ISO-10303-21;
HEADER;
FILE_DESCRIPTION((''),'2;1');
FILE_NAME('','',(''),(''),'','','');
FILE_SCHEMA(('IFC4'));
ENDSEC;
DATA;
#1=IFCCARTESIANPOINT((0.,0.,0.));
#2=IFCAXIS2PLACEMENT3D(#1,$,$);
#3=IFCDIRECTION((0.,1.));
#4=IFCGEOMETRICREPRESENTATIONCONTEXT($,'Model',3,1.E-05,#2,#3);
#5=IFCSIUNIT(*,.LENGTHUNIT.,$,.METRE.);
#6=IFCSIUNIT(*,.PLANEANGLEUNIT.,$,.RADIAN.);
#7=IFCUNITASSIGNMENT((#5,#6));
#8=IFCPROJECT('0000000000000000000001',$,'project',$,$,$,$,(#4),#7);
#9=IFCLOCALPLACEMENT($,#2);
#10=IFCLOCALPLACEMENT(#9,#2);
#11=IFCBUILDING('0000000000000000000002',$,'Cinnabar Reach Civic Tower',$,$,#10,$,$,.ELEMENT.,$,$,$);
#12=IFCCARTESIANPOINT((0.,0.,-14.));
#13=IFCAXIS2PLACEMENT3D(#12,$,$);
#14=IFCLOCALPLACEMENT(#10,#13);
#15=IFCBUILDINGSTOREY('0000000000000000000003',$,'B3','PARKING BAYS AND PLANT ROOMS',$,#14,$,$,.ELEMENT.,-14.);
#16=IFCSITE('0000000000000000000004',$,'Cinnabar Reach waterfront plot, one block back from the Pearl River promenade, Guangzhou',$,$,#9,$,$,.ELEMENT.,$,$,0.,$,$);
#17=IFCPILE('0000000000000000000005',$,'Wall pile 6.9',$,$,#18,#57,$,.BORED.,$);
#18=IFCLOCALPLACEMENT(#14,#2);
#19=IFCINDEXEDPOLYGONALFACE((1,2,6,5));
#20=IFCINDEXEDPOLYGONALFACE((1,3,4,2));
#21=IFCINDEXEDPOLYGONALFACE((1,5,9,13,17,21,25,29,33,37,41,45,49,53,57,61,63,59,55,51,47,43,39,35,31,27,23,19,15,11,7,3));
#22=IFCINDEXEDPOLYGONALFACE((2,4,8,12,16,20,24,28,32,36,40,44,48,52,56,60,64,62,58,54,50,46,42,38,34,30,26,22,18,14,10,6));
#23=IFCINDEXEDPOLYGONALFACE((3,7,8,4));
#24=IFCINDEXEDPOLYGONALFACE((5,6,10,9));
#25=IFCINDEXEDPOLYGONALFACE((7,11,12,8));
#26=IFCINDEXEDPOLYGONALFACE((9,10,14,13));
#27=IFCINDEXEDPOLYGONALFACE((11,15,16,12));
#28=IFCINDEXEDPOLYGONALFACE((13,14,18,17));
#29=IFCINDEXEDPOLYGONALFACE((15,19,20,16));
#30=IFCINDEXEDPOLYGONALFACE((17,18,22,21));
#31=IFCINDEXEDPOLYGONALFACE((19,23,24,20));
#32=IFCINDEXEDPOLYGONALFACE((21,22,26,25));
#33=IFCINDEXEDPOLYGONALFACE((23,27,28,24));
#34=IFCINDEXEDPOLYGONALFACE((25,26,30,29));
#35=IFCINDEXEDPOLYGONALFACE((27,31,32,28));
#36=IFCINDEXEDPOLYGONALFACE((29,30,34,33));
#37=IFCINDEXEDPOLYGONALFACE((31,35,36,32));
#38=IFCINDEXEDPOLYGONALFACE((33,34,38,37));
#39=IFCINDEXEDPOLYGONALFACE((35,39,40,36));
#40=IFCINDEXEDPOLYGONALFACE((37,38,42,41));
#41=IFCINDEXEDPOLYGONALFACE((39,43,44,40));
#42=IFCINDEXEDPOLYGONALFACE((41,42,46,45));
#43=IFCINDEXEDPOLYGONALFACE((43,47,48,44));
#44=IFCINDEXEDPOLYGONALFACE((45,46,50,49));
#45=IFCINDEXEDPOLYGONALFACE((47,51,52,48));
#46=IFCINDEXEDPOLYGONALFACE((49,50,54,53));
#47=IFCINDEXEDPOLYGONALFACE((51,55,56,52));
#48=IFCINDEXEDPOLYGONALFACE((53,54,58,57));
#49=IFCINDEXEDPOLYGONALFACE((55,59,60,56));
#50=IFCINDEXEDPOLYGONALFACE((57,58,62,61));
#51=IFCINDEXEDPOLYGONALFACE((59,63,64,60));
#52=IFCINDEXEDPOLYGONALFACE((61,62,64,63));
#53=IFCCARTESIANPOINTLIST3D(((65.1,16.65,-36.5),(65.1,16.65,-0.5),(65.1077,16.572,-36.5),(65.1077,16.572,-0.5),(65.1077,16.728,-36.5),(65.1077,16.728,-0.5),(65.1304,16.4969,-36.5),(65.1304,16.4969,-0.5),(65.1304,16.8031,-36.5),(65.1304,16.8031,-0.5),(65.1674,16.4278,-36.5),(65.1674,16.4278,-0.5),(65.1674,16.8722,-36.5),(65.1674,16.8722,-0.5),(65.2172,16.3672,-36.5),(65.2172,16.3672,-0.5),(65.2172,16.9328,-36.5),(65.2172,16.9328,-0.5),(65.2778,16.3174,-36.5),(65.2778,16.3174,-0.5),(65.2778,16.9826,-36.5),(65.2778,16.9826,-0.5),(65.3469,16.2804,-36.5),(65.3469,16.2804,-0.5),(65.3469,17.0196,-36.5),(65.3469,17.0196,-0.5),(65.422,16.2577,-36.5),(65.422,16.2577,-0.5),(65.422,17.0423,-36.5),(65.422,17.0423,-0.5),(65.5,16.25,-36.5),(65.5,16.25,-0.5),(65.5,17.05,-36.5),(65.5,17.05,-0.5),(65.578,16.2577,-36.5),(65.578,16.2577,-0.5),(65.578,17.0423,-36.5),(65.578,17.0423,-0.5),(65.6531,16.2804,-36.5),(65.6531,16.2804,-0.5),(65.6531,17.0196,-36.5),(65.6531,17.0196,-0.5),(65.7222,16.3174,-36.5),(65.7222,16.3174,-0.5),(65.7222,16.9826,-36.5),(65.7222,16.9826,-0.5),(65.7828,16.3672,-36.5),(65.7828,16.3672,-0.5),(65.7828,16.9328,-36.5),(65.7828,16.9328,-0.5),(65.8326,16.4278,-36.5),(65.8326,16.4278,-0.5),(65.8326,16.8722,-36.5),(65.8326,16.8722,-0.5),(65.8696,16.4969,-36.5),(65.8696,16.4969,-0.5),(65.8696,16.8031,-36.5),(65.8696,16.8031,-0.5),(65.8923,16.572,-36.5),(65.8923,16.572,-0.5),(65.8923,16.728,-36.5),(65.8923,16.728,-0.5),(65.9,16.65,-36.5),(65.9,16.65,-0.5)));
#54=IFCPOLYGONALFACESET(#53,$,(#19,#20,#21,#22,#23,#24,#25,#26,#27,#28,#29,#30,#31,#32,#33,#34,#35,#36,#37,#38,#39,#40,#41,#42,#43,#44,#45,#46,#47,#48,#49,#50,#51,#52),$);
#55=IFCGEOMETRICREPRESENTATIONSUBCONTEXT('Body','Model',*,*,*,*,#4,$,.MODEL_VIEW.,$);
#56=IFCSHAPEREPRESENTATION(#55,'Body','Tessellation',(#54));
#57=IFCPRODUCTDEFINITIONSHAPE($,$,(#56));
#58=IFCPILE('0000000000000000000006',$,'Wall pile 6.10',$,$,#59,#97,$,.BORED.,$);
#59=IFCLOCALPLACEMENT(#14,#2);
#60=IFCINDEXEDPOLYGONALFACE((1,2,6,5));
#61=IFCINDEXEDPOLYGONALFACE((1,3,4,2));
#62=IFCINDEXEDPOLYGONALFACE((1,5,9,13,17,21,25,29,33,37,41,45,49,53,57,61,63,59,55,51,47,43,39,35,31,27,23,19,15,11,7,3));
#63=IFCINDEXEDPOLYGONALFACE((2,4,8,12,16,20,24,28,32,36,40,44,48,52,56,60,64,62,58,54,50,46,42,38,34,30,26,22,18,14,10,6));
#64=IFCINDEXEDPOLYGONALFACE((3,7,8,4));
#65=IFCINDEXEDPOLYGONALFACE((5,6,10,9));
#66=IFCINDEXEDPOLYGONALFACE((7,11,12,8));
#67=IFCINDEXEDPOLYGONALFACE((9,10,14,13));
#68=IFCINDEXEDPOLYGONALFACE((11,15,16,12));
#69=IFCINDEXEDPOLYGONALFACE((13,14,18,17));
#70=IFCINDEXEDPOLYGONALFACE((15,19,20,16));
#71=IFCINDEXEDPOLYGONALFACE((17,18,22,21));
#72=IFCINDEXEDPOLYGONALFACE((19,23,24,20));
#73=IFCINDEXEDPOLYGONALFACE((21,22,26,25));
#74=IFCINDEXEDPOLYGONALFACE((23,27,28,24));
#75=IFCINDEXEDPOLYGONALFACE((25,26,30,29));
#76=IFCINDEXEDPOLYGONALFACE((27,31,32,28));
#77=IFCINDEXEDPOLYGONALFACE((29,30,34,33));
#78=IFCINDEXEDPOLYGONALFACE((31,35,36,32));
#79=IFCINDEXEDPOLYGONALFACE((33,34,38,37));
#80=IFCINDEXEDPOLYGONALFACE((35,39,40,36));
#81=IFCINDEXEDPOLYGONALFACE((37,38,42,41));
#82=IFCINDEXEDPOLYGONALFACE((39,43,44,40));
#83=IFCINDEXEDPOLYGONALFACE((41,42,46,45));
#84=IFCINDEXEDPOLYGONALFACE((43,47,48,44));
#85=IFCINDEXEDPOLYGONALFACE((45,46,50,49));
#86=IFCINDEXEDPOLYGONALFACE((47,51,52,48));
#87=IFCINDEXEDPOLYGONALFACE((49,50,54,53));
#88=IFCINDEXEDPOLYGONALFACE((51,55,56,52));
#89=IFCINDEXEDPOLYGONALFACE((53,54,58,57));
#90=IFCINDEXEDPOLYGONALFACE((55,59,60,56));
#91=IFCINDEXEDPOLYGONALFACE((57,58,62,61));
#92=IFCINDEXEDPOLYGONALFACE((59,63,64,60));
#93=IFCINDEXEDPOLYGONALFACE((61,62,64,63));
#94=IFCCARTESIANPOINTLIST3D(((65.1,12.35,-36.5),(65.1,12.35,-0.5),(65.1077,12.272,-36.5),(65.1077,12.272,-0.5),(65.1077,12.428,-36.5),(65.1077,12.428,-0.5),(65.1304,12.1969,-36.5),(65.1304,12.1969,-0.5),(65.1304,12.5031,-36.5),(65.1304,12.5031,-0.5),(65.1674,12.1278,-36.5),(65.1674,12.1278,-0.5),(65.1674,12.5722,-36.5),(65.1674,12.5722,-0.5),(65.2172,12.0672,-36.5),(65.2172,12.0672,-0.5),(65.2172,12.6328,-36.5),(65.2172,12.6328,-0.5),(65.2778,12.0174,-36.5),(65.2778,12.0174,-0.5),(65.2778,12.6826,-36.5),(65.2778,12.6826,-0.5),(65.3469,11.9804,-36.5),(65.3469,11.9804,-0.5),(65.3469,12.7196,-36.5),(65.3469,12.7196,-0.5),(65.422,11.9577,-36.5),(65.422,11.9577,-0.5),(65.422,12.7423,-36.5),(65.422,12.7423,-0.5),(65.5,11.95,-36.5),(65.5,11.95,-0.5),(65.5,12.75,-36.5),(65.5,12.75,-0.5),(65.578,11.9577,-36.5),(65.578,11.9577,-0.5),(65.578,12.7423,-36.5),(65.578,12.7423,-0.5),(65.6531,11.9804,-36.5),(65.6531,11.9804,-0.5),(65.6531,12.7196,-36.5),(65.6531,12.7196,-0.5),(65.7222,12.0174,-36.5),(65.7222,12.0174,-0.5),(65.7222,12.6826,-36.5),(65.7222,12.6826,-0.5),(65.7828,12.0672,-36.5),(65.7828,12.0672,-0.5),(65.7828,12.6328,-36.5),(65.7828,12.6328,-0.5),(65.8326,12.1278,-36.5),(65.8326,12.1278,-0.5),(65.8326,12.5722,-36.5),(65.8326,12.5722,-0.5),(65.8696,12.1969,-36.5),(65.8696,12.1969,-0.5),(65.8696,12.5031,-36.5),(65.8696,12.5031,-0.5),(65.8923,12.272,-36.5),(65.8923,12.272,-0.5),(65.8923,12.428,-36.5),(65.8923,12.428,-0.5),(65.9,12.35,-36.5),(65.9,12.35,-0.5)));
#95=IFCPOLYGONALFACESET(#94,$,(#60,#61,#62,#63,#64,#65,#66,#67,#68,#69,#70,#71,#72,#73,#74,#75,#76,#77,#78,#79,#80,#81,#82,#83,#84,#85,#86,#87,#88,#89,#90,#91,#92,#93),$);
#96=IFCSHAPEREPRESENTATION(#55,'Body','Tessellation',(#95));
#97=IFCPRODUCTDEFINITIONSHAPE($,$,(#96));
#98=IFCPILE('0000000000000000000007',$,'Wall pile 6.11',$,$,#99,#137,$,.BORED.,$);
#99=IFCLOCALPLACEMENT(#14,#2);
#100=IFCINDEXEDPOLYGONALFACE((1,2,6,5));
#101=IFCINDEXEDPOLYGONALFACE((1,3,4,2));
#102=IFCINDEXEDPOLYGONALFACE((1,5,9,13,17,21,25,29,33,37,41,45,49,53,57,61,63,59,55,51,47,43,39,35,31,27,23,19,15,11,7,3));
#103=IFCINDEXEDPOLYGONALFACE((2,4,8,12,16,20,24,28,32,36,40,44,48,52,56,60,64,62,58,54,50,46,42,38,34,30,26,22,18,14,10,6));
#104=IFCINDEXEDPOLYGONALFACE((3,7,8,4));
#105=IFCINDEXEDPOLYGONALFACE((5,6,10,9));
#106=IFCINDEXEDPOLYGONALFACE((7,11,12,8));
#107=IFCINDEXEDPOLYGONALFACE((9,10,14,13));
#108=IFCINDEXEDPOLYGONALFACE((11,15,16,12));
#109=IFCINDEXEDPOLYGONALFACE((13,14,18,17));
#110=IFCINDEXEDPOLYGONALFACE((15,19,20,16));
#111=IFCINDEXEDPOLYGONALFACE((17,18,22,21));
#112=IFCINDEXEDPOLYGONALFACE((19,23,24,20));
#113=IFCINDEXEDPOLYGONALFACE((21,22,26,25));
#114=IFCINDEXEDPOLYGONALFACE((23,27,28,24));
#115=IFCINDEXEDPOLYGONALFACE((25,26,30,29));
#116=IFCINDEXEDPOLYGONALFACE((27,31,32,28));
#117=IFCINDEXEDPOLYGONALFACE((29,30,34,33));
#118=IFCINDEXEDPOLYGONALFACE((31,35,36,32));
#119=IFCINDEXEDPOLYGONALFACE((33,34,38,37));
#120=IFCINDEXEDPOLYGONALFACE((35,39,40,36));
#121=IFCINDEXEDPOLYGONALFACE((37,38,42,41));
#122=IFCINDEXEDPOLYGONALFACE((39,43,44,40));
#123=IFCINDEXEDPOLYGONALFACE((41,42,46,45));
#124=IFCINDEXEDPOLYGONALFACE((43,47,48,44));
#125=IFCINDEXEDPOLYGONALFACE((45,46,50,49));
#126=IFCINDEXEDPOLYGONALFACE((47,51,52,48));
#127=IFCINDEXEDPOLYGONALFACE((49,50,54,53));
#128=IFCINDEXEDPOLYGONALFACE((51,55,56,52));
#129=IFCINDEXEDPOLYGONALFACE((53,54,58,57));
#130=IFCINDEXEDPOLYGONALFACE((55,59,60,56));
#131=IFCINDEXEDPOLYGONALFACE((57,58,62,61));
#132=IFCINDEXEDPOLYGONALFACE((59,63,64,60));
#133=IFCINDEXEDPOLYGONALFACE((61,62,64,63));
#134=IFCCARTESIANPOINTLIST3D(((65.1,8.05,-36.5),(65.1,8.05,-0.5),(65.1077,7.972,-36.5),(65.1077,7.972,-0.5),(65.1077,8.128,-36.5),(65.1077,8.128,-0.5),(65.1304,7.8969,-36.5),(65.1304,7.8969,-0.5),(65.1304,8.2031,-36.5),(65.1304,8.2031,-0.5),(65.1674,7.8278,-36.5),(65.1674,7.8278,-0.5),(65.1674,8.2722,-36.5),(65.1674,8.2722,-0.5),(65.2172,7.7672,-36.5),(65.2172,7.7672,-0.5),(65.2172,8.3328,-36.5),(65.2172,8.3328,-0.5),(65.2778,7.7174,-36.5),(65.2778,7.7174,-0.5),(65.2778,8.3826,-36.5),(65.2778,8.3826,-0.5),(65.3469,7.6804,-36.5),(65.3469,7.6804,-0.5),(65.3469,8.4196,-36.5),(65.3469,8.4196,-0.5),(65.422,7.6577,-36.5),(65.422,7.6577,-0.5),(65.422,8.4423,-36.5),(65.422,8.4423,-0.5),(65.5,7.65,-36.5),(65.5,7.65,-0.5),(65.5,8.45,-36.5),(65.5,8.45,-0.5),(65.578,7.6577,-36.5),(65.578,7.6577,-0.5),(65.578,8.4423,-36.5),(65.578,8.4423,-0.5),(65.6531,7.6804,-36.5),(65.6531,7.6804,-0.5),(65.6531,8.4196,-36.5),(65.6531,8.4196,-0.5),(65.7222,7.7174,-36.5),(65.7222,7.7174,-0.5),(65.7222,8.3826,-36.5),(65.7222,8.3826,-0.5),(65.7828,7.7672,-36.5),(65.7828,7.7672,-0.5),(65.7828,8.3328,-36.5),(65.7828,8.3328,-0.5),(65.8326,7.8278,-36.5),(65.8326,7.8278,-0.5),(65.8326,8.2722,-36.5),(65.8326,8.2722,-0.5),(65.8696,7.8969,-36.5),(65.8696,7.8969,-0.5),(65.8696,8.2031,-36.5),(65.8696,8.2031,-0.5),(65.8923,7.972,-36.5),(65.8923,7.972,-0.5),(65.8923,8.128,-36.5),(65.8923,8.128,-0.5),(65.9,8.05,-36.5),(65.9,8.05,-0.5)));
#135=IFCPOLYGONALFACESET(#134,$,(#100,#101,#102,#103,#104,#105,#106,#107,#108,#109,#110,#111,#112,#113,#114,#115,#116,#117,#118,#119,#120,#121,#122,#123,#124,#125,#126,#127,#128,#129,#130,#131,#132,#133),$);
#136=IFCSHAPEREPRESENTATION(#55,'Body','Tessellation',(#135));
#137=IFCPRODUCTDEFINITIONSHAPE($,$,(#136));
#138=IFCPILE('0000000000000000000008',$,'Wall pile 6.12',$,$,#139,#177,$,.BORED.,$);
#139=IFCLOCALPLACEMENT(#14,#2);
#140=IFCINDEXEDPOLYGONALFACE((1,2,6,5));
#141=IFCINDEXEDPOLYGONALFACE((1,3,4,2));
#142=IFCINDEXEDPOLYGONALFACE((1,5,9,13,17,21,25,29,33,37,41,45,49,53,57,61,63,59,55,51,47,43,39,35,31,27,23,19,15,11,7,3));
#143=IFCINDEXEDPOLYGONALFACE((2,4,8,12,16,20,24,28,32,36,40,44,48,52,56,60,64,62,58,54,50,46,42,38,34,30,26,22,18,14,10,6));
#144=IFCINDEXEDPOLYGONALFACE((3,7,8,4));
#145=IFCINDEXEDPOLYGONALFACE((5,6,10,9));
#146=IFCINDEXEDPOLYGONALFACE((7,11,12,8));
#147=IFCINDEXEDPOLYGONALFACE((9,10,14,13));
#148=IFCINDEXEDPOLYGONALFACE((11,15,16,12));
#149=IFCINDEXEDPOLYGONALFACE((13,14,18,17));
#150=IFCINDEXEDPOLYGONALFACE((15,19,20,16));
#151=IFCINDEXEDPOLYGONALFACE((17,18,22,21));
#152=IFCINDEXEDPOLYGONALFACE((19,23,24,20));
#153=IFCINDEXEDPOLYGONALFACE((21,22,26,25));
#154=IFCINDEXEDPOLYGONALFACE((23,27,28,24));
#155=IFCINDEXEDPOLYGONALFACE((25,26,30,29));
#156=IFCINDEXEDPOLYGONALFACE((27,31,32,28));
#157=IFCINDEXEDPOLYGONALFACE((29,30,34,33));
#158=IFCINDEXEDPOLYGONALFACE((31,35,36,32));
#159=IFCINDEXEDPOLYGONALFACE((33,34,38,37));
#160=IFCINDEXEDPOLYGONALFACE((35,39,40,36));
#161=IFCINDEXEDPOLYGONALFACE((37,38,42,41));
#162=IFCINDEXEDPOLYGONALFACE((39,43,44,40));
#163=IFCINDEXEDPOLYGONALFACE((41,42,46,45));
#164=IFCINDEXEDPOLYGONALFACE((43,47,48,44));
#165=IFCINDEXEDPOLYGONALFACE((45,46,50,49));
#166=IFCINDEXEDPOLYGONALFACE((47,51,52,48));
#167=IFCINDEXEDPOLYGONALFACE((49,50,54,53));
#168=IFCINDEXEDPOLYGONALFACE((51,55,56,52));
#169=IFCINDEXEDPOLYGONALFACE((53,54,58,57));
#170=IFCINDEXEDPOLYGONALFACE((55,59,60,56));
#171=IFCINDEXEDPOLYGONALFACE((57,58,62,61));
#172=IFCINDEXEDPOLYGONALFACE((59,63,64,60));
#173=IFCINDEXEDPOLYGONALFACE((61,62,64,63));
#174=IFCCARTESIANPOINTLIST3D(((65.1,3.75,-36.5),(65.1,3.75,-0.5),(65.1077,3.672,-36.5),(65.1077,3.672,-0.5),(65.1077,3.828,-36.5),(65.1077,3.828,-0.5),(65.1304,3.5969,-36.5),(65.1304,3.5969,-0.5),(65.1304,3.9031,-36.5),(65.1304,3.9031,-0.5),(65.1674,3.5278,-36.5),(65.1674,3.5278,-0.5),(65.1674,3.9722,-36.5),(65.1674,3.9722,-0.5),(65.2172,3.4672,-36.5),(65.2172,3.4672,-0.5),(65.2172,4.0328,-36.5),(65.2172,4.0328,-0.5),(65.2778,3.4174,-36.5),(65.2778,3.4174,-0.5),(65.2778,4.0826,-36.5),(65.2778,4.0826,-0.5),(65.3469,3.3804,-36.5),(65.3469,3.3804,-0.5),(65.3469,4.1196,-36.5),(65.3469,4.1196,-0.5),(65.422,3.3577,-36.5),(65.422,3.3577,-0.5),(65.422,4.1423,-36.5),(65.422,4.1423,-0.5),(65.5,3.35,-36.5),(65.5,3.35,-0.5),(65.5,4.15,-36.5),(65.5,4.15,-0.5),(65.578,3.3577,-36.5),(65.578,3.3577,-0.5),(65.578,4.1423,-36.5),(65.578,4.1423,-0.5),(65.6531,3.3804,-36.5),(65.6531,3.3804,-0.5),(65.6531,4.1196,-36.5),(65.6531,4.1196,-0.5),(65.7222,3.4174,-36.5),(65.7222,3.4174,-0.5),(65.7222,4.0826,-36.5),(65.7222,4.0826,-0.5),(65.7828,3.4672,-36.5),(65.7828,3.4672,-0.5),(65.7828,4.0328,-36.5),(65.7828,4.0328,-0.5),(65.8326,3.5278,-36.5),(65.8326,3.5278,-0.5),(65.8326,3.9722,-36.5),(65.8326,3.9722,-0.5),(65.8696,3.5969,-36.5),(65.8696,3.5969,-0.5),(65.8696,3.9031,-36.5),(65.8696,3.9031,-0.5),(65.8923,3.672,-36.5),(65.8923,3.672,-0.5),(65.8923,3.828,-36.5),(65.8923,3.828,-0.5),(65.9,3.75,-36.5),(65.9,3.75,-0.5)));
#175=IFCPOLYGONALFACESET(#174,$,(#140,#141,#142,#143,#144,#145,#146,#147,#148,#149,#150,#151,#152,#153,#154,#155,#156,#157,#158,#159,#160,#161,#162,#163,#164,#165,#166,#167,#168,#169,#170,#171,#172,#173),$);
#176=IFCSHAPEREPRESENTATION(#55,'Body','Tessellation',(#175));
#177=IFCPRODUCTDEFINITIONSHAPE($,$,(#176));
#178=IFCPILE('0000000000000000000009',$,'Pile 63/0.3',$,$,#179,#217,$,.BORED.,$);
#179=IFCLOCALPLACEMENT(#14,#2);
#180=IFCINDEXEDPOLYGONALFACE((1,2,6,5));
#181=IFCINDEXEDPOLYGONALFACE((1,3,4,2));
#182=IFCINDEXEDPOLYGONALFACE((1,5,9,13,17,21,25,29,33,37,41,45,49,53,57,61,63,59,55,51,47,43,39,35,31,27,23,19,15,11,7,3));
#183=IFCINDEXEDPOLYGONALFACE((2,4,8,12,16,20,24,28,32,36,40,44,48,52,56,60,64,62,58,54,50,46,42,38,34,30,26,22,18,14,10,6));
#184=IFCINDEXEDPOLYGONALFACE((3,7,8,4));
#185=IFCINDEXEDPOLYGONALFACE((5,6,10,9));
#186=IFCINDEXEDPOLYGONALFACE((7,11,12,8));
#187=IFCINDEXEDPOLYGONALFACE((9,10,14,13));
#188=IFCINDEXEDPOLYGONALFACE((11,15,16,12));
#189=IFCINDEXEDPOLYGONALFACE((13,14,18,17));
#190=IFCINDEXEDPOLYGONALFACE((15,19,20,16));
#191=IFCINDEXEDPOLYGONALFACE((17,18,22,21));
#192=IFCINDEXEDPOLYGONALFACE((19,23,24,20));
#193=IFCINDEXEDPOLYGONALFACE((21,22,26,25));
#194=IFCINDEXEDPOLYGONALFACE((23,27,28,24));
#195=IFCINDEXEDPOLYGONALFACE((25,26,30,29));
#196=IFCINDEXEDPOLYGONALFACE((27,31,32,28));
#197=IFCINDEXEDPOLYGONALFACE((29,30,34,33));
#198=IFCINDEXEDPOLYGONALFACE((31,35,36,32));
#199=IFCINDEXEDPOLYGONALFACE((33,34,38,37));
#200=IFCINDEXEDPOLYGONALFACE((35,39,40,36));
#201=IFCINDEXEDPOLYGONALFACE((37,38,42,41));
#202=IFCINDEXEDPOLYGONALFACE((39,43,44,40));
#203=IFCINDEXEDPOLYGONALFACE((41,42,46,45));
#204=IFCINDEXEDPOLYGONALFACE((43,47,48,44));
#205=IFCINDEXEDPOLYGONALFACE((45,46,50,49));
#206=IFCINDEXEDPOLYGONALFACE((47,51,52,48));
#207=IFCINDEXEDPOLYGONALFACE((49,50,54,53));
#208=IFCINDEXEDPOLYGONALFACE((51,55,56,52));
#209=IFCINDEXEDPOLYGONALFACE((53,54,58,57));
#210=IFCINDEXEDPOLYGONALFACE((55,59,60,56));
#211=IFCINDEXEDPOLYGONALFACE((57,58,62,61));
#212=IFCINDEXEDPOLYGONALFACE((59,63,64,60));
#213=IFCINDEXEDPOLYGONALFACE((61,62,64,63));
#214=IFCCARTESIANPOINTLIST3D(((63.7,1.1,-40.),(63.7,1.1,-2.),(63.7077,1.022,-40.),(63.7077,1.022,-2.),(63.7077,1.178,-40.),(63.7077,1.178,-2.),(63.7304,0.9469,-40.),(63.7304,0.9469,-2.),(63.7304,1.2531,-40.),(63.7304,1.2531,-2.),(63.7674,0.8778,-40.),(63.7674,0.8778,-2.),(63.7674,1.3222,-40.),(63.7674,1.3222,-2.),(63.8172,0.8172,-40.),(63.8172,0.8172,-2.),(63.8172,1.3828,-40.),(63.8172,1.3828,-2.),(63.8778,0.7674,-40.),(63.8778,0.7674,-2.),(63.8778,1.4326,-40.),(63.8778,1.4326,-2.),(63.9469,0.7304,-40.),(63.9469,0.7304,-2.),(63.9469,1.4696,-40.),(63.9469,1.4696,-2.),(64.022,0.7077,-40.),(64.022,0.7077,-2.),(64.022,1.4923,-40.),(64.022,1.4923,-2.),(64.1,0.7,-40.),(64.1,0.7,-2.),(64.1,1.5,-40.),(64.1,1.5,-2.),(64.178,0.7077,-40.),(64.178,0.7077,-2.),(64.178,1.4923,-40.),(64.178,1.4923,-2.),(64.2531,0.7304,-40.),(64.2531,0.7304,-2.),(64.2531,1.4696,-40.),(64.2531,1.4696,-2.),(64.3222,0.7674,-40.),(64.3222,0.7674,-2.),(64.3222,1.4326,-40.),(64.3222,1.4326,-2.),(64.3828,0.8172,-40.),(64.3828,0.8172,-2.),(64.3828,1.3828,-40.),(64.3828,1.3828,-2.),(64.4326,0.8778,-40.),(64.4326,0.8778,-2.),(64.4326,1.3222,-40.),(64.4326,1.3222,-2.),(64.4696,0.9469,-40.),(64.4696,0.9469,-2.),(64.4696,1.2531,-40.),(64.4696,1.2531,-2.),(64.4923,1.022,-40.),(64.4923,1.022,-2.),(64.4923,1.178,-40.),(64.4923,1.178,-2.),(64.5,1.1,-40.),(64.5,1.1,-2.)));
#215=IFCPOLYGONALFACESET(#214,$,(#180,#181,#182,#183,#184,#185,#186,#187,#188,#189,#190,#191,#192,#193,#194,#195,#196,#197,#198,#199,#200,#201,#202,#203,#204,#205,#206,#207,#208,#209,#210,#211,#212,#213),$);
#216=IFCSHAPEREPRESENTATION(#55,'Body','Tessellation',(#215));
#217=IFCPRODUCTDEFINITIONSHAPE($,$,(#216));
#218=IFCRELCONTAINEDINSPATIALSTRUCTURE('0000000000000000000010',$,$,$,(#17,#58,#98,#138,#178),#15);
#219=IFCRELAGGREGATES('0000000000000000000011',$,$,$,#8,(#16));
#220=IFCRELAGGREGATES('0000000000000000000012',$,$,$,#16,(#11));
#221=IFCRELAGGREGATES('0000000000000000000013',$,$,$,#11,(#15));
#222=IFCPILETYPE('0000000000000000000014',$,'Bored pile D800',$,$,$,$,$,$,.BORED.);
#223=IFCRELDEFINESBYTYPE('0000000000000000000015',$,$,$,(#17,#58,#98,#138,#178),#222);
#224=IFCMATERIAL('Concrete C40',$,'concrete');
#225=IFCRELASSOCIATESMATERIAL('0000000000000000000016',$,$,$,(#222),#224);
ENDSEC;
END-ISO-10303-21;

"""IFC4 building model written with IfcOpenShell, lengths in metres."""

from ifc_helpers import new_model, si_unit, direction, frame, origin, origin_2d, place, context, subcontext, project, spatial, circle, extrude, material, type_object, element, save


model = new_model("IFC4")

# Units and contexts
model_context = context("Model", 3, precision=1e-05, world=origin(), true_north=direction((0.0, 1.0)))
body_context = subcontext(model_context, "Body", "Model", "MODEL_VIEW")
ifc_project = project(units=[si_unit("LENGTHUNIT", "METRE"), si_unit("PLANEANGLEUNIT", "RADIAN")], contexts=[model_context])

# Site, building, storey
site_placement = place(None, origin())
site = spatial("IfcSite", under=ifc_project, at=site_placement, Name="Cinnabar Reach waterfront plot, one block back from the Pearl River promenade, Guangzhou", CompositionType="ELEMENT", RefElevation=0.0)
building_placement = place(site_placement, origin())
building = spatial("IfcBuilding", under=site, at=building_placement, Name="Cinnabar Reach Civic Tower", CompositionType="ELEMENT")
storey_placement = place(building_placement, frame((0.0, 0.0, -14.0)))
storey = spatial("IfcBuildingStorey", under=building, at=storey_placement, Name="B3", Description="PARKING BAYS AND PLANT ROOMS", CompositionType="ELEMENT", Elevation=-14.0)

# Piles
ifc_material_1 = material(Name="Concrete C40", Category="concrete")
pile_type_1 = type_object("IfcPileType", Name="Bored pile D800", PredefinedType="BORED", material=ifc_material_1)
for number, where, z_axis, x_axis, name in (
    (1, (65.5, 16.65, -0.5), (0.0, 0.0, -1.0), (1.0, 0.0, 0.0), "Wall pile 6.9"),
    (2, (65.5, 12.35, -0.5), (0.0, 0.0, -1.0), (1.0, 0.0, 0.0), "Wall pile 6.10"),
    (3, (65.5, 8.05, -0.5), (0.0, 0.0, -1.0), (1.0, 0.0, 0.0), "Wall pile 6.11"),
    (4, (65.5, 3.75, -0.5), (0.0, 0.0, -1.0), (1.0, 0.0, 0.0), "Wall pile 6.12"),
):
    element("IfcPile", number, at=place(storey_placement, frame(where, z_axis=z_axis, x_axis=x_axis)), inside=storey, type_object=pile_type_1, Name=name, PredefinedType="BORED", context=body_context, shape_type="SweptSolid", body=[
        extrude(circle(Radius=0.4, at=origin_2d()), origin(), (0.0, 0.0, 1.0), 36.0),
    ])
for number, where, z_axis, x_axis, name in (
    (5, (64.1, 1.1, -2.0), (0.0, 0.0, -1.0), (1.0, 0.0, 0.0), "Pile 63/0.3"),
):
    element("IfcPile", number, at=place(storey_placement, frame(where, z_axis=z_axis, x_axis=x_axis)), inside=storey, type_object=pile_type_1, Name=name, PredefinedType="BORED", context=body_context, shape_type="SweptSolid", body=[
        extrude(circle(Radius=0.4, at=origin_2d()), origin(), (0.0, 0.0, 1.0), 38.0),
    ])

save(model, "model.ifc")
